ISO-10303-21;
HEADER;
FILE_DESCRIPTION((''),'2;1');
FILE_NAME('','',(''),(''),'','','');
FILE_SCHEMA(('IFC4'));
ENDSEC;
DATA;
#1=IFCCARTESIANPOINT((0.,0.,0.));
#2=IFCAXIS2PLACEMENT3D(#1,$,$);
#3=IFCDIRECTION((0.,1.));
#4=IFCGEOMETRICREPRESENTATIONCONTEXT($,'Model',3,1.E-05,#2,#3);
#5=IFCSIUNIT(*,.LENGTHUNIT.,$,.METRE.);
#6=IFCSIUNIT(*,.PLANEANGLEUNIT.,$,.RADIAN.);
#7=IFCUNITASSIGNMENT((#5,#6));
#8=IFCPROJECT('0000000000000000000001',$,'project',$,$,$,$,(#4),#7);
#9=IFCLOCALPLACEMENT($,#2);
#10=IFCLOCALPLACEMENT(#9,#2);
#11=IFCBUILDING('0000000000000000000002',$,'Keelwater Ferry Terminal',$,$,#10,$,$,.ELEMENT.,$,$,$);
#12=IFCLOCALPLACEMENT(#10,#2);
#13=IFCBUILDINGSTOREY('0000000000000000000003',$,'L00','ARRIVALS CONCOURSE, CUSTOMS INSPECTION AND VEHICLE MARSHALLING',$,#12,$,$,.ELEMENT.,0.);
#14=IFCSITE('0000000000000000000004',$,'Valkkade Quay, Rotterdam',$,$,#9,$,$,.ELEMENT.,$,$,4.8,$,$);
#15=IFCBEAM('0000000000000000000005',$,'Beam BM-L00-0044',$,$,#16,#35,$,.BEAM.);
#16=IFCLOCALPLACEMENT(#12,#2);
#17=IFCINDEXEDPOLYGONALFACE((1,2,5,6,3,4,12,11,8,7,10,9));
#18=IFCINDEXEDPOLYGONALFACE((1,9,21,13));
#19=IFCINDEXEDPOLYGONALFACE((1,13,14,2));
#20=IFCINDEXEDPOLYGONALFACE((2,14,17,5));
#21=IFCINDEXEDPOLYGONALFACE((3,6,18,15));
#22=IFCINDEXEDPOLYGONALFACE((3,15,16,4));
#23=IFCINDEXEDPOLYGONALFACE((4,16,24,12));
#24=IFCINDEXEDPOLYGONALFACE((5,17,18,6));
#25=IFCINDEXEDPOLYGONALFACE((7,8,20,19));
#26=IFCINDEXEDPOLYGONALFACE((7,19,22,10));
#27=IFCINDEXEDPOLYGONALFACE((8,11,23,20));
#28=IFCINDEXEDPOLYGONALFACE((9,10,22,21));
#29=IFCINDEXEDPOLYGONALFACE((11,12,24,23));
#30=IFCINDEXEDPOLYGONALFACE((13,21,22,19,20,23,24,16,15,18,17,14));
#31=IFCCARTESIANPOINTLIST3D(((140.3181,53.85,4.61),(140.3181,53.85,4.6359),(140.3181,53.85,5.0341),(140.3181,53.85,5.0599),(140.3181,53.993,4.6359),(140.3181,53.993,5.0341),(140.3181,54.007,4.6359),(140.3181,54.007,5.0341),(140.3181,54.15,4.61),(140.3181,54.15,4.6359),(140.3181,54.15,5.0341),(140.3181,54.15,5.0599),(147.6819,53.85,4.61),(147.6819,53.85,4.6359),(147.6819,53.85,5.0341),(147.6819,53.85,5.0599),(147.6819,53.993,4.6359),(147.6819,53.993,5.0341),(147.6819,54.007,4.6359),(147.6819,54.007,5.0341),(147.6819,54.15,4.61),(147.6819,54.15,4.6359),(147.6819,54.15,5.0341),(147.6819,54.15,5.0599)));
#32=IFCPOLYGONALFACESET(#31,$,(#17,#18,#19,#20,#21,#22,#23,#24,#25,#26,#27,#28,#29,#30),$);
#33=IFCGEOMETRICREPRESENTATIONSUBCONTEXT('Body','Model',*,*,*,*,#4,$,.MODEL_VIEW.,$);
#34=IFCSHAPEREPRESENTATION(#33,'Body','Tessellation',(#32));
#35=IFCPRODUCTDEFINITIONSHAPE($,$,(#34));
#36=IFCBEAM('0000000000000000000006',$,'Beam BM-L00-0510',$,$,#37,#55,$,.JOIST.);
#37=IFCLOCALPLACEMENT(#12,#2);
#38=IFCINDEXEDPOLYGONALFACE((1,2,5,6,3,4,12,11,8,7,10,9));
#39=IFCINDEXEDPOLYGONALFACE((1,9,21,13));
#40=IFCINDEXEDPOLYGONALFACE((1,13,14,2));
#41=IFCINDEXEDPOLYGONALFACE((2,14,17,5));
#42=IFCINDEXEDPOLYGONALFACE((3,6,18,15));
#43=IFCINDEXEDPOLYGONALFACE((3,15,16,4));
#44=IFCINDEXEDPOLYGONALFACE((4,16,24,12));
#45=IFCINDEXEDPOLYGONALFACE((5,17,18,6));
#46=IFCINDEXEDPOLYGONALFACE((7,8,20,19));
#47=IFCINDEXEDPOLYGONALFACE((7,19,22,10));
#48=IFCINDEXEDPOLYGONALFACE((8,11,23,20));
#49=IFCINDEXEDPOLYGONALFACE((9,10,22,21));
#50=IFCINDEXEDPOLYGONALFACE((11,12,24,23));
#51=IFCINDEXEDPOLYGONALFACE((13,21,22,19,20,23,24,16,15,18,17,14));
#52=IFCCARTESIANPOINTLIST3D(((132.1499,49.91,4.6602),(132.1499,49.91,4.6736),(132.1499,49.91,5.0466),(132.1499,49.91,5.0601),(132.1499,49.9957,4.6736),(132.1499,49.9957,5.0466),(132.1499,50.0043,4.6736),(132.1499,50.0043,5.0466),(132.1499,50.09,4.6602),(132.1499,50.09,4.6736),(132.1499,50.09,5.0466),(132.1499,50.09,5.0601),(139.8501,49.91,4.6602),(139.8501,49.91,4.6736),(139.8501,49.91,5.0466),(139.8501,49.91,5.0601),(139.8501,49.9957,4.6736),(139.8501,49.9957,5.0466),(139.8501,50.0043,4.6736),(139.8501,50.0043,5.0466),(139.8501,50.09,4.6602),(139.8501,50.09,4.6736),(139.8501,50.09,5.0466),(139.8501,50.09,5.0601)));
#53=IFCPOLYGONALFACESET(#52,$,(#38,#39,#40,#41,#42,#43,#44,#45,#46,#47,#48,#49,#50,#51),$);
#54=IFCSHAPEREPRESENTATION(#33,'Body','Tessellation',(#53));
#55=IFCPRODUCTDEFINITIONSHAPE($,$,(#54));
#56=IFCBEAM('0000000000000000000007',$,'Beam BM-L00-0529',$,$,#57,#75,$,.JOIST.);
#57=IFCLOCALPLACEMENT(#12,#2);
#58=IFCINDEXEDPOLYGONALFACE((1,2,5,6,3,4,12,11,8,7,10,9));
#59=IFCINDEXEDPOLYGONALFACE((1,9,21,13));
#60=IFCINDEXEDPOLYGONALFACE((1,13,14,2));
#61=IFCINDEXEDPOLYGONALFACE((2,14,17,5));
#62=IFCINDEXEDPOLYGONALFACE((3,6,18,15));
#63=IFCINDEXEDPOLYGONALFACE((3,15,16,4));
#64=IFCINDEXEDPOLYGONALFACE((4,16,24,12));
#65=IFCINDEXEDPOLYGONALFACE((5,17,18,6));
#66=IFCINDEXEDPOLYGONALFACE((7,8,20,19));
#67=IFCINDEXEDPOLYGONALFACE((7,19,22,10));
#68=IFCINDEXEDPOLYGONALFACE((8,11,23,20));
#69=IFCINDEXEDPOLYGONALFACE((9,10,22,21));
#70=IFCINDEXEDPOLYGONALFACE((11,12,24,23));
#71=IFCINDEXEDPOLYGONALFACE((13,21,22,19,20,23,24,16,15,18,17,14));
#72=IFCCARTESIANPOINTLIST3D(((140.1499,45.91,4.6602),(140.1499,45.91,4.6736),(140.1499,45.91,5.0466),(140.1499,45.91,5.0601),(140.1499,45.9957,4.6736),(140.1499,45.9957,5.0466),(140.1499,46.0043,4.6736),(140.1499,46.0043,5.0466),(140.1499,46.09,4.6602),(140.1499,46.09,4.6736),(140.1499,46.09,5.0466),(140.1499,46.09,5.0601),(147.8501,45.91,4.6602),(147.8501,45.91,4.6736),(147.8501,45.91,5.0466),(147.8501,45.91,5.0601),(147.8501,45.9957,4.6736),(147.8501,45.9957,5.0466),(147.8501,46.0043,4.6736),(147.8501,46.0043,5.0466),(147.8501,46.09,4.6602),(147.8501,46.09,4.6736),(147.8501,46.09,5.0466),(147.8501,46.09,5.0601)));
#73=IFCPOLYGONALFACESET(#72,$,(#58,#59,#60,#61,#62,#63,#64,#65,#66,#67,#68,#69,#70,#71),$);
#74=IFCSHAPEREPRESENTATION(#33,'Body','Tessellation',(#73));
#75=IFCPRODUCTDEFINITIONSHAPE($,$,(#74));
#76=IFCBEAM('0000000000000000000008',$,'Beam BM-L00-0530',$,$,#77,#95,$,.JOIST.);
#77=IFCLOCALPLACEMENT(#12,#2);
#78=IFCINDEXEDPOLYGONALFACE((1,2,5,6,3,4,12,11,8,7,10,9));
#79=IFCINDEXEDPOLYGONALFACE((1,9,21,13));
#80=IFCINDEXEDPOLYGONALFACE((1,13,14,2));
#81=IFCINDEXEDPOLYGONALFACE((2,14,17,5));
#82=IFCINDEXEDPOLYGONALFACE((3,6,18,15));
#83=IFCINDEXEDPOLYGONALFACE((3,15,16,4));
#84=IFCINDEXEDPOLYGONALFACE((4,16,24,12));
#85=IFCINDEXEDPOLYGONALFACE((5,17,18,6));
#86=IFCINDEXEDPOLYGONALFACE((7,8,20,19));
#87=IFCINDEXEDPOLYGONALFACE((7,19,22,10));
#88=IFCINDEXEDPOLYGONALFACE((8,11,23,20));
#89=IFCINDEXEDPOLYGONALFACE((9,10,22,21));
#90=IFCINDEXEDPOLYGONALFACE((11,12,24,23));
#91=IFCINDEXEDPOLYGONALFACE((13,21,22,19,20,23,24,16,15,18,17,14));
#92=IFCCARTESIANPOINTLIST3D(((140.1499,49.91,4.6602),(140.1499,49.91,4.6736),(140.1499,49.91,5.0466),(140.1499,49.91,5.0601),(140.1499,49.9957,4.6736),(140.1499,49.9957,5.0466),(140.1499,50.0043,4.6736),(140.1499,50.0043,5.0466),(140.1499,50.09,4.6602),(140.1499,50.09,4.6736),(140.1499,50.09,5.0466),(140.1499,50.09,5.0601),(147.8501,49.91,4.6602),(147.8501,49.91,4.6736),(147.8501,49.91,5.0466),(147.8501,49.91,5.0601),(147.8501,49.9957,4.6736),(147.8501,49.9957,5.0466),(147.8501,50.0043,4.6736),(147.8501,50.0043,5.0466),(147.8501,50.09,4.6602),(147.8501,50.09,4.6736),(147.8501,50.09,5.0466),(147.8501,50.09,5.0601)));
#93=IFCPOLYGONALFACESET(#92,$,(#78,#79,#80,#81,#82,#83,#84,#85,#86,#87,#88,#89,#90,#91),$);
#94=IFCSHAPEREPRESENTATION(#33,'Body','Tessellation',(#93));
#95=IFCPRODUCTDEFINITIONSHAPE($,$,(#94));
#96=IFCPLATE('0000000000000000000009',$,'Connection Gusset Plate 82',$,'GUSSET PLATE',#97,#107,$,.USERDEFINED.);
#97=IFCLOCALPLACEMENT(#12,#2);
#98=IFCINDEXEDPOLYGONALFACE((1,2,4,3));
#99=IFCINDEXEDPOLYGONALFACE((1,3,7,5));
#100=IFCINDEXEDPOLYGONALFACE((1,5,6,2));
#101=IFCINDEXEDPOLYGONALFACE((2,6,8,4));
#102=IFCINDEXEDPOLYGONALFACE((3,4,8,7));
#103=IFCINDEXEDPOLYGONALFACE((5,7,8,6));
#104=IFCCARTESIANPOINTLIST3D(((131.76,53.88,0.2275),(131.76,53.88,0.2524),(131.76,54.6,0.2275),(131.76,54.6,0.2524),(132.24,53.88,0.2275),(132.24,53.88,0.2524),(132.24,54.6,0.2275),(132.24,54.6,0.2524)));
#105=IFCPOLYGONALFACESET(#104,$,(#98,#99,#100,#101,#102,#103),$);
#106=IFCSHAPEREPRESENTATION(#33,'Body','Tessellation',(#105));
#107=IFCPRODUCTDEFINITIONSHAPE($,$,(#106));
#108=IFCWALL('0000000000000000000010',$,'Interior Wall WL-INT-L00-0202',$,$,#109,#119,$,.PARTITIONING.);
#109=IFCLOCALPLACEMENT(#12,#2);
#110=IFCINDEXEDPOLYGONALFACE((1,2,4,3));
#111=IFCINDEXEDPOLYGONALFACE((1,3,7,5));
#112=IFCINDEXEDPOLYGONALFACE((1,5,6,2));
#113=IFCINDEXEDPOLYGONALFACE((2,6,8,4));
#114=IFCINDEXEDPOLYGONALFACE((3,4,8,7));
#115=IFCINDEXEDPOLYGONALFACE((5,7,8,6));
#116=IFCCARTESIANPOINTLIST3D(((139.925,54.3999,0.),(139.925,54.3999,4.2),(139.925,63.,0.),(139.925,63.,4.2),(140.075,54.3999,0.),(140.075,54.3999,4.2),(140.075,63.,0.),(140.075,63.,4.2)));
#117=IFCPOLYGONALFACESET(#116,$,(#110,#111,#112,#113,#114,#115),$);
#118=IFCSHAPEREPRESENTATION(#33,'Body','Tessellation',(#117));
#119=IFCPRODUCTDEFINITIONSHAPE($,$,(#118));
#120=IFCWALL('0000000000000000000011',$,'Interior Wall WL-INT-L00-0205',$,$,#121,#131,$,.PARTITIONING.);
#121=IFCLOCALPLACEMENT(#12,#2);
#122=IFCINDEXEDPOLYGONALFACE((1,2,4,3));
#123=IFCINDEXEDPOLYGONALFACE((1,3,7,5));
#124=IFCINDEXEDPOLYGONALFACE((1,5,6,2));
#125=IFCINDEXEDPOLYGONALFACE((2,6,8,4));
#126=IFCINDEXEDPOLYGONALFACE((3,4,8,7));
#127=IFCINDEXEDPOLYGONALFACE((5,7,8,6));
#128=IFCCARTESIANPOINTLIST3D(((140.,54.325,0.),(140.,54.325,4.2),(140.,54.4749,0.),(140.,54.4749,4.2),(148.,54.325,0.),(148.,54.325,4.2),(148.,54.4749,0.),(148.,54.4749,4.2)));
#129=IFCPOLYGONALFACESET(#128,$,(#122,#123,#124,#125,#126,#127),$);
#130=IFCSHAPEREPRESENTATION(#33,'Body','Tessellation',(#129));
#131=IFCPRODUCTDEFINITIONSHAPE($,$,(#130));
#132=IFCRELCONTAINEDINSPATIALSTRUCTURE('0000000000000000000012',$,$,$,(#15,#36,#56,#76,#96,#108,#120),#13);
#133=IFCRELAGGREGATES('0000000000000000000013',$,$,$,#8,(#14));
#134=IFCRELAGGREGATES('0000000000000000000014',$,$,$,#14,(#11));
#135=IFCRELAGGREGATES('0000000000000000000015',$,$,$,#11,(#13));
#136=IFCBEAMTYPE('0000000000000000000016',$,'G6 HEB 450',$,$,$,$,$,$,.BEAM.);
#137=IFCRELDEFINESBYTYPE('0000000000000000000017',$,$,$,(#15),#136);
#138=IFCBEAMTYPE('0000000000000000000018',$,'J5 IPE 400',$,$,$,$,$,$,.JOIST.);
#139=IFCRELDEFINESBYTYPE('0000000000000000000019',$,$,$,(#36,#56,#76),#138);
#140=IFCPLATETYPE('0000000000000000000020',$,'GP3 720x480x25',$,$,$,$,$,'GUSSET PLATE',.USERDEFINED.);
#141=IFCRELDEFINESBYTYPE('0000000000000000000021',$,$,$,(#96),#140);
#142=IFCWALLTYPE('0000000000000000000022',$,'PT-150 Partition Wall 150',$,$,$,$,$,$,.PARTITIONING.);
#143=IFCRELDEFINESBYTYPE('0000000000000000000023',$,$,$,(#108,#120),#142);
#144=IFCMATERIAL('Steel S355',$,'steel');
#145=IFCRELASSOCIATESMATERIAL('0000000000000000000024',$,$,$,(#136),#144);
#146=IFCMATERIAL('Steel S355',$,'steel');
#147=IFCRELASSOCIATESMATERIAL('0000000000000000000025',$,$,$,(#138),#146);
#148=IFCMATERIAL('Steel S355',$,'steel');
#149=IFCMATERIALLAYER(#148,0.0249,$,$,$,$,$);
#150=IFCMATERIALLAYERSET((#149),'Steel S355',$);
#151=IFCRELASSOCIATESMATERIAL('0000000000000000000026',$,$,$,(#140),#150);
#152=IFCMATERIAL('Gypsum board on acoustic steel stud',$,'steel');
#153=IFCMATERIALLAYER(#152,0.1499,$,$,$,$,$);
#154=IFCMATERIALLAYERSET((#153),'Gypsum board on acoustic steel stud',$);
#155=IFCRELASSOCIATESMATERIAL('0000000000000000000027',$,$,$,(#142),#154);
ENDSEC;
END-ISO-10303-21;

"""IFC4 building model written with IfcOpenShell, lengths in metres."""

from ifc_helpers import new_model, si_unit, direction, frame, frame_2d, origin, origin_2d, place, context, subcontext, project, spatial, rectangle, i_section, extrude, material, layer, layer_set, material_profile, profile_set, type_object, element, save


model = new_model("IFC4")

# Units and contexts
model_context = context("Model", 3, precision=1e-05, world=origin(), true_north=direction((0.0, 1.0)))
body_context = subcontext(model_context, "Body", "Model", "MODEL_VIEW")
ifc_project = project(units=[si_unit("LENGTHUNIT", "METRE"), si_unit("PLANEANGLEUNIT", "RADIAN")], contexts=[model_context])

# Site, building, storey
site_placement = place(None, origin())
site = spatial("IfcSite", under=ifc_project, at=site_placement, Name="Valkkade Quay, Rotterdam", CompositionType="ELEMENT", RefElevation=4.8)
building_placement = place(site_placement, origin())
building = spatial("IfcBuilding", under=site, at=building_placement, Name="Keelwater Ferry Terminal", CompositionType="ELEMENT")
storey_placement = place(building_placement, origin())
storey = spatial("IfcBuildingStorey", under=building, at=storey_placement, Name="L00", Description="ARRIVALS CONCOURSE, CUSTOMS INSPECTION AND VEHICLE MARSHALLING", CompositionType="ELEMENT", Elevation=0.0)

# Beams
ifc_material_1 = material(Name="Steel S355", Category="steel")
ifc_material_profile_1 = material_profile(ifc_material_1, i_section(OverallWidth=0.3, OverallDepth=0.45, WebThickness=0.0139, FlangeThickness=0.0259, at=origin_2d()), Name="HEB 450")
ifc_profile_set_1 = profile_set([ifc_material_profile_1], Name="Steel S355")
beam_type_1 = type_object("IfcBeamType", Name="G6 HEB 450", PredefinedType="BEAM", material=ifc_profile_set_1)
beam_1_placement = place(storey_placement, frame((140.3181, 54.0, 4.835), z_axis=(1.0, 0.0, 0.0), x_axis=(0.0, 1.0, 0.0)))
element("IfcBeam", 1, at=beam_1_placement, inside=storey, type_object=beam_type_1, Name="Beam BM-L00-0044", PredefinedType="BEAM", context=body_context, shape_type="SweptSolid", body=[
    extrude(i_section(OverallWidth=0.3, OverallDepth=0.45, WebThickness=0.0139, FlangeThickness=0.0259, at=origin_2d()), origin(), (0.0, 0.0, 1.0), 7.3638),
])
ifc_material_2 = material(Name="Steel S355", Category="steel")
ifc_material_profile_2 = material_profile(ifc_material_2, i_section(OverallWidth=0.1799, OverallDepth=0.3999, WebThickness=0.0085, FlangeThickness=0.0134, at=origin_2d()), Name="IPE 400")
ifc_profile_set_2 = profile_set([ifc_material_profile_2], Name="Steel S355")
beam_type_2 = type_object("IfcBeamType", Name="J5 IPE 400", PredefinedType="JOIST", material=ifc_profile_set_2)
for number, where, z_axis, x_axis, name in (
    (2, (132.1499, 50.0, 4.8601), (1.0, 0.0, 0.0), (0.0, 1.0, 0.0), "Beam BM-L00-0510"),
    (3, (140.1499, 46.0, 4.8601), (1.0, 0.0, 0.0), (0.0, 1.0, 0.0), "Beam BM-L00-0529"),
    (4, (140.1499, 50.0, 4.8601), (1.0, 0.0, 0.0), (0.0, 1.0, 0.0), "Beam BM-L00-0530"),
):
    element("IfcBeam", number, at=place(storey_placement, frame(where, z_axis=z_axis, x_axis=x_axis)), inside=storey, type_object=beam_type_2, Name=name, PredefinedType="JOIST", context=body_context, shape_type="SweptSolid", body=[
        extrude(i_section(OverallWidth=0.1799, OverallDepth=0.3999, WebThickness=0.0085, FlangeThickness=0.0134, at=origin_2d()), origin(), (0.0, 0.0, 1.0), 7.7002),
    ])

# Plate
ifc_material_3 = material(Name="Steel S355", Category="steel")
ifc_layer_1 = layer(ifc_material_3, 0.0249)
ifc_layer_set_1 = layer_set([ifc_layer_1], Name="Steel S355")
plate_type = type_object("IfcPlateType", Name="GP3 720x480x25", ElementType="GUSSET PLATE", PredefinedType="USERDEFINED", material=ifc_layer_set_1)
plate_placement = place(storey_placement, frame((132.0, 54.24, 0.2275), z_axis=(0.0, 0.0, 1.0), x_axis=(0.0, 1.0, 0.0)))
element("IfcPlate", 5, at=plate_placement, inside=storey, type_object=plate_type, Name="Connection Gusset Plate 82", ObjectType="GUSSET PLATE", PredefinedType="USERDEFINED", context=body_context, shape_type="SweptSolid", body=[
    extrude(rectangle(XDim=0.72, YDim=0.48, at=origin_2d()), origin(), (0.0, 0.0, 1.0), 0.0249),
])

# Walls
ifc_material_4 = material(Name="Gypsum board on acoustic steel stud", Category="steel")
ifc_layer_2 = layer(ifc_material_4, 0.1499)
ifc_layer_set_2 = layer_set([ifc_layer_2], Name="Gypsum board on acoustic steel stud")
wall_type = type_object("IfcWallType", Name="PT-150 Partition Wall 150", PredefinedType="PARTITIONING", material=ifc_layer_set_2)
wall_1_placement = place(storey_placement, frame((140.0, 54.3999, 0.0), z_axis=(0.0, 0.0, 1.0), x_axis=(0.0, 1.0, 0.0)))
element("IfcWall", 6, at=wall_1_placement, inside=storey, type_object=wall_type, Name="Interior Wall WL-INT-L00-0202", PredefinedType="PARTITIONING", context=body_context, shape_type="SweptSolid", body=[
    extrude(rectangle(XDim=8.6001, YDim=0.1499, at=frame_2d((4.3, 0.0))), origin(), (0.0, 0.0, 1.0), 4.2),
])
wall_2_placement = place(storey_placement, frame((140.0, 54.3999, 0.0), z_axis=(0.0, 0.0, 1.0), x_axis=(1.0, 0.0, 0.0)))
element("IfcWall", 7, at=wall_2_placement, inside=storey, type_object=wall_type, Name="Interior Wall WL-INT-L00-0205", PredefinedType="PARTITIONING", context=body_context, shape_type="SweptSolid", body=[
    extrude(rectangle(XDim=8.0, YDim=0.1499, at=frame_2d((4.0, 0.0))), origin(), (0.0, 0.0, 1.0), 4.2),
])

save(model, "model.ifc")
